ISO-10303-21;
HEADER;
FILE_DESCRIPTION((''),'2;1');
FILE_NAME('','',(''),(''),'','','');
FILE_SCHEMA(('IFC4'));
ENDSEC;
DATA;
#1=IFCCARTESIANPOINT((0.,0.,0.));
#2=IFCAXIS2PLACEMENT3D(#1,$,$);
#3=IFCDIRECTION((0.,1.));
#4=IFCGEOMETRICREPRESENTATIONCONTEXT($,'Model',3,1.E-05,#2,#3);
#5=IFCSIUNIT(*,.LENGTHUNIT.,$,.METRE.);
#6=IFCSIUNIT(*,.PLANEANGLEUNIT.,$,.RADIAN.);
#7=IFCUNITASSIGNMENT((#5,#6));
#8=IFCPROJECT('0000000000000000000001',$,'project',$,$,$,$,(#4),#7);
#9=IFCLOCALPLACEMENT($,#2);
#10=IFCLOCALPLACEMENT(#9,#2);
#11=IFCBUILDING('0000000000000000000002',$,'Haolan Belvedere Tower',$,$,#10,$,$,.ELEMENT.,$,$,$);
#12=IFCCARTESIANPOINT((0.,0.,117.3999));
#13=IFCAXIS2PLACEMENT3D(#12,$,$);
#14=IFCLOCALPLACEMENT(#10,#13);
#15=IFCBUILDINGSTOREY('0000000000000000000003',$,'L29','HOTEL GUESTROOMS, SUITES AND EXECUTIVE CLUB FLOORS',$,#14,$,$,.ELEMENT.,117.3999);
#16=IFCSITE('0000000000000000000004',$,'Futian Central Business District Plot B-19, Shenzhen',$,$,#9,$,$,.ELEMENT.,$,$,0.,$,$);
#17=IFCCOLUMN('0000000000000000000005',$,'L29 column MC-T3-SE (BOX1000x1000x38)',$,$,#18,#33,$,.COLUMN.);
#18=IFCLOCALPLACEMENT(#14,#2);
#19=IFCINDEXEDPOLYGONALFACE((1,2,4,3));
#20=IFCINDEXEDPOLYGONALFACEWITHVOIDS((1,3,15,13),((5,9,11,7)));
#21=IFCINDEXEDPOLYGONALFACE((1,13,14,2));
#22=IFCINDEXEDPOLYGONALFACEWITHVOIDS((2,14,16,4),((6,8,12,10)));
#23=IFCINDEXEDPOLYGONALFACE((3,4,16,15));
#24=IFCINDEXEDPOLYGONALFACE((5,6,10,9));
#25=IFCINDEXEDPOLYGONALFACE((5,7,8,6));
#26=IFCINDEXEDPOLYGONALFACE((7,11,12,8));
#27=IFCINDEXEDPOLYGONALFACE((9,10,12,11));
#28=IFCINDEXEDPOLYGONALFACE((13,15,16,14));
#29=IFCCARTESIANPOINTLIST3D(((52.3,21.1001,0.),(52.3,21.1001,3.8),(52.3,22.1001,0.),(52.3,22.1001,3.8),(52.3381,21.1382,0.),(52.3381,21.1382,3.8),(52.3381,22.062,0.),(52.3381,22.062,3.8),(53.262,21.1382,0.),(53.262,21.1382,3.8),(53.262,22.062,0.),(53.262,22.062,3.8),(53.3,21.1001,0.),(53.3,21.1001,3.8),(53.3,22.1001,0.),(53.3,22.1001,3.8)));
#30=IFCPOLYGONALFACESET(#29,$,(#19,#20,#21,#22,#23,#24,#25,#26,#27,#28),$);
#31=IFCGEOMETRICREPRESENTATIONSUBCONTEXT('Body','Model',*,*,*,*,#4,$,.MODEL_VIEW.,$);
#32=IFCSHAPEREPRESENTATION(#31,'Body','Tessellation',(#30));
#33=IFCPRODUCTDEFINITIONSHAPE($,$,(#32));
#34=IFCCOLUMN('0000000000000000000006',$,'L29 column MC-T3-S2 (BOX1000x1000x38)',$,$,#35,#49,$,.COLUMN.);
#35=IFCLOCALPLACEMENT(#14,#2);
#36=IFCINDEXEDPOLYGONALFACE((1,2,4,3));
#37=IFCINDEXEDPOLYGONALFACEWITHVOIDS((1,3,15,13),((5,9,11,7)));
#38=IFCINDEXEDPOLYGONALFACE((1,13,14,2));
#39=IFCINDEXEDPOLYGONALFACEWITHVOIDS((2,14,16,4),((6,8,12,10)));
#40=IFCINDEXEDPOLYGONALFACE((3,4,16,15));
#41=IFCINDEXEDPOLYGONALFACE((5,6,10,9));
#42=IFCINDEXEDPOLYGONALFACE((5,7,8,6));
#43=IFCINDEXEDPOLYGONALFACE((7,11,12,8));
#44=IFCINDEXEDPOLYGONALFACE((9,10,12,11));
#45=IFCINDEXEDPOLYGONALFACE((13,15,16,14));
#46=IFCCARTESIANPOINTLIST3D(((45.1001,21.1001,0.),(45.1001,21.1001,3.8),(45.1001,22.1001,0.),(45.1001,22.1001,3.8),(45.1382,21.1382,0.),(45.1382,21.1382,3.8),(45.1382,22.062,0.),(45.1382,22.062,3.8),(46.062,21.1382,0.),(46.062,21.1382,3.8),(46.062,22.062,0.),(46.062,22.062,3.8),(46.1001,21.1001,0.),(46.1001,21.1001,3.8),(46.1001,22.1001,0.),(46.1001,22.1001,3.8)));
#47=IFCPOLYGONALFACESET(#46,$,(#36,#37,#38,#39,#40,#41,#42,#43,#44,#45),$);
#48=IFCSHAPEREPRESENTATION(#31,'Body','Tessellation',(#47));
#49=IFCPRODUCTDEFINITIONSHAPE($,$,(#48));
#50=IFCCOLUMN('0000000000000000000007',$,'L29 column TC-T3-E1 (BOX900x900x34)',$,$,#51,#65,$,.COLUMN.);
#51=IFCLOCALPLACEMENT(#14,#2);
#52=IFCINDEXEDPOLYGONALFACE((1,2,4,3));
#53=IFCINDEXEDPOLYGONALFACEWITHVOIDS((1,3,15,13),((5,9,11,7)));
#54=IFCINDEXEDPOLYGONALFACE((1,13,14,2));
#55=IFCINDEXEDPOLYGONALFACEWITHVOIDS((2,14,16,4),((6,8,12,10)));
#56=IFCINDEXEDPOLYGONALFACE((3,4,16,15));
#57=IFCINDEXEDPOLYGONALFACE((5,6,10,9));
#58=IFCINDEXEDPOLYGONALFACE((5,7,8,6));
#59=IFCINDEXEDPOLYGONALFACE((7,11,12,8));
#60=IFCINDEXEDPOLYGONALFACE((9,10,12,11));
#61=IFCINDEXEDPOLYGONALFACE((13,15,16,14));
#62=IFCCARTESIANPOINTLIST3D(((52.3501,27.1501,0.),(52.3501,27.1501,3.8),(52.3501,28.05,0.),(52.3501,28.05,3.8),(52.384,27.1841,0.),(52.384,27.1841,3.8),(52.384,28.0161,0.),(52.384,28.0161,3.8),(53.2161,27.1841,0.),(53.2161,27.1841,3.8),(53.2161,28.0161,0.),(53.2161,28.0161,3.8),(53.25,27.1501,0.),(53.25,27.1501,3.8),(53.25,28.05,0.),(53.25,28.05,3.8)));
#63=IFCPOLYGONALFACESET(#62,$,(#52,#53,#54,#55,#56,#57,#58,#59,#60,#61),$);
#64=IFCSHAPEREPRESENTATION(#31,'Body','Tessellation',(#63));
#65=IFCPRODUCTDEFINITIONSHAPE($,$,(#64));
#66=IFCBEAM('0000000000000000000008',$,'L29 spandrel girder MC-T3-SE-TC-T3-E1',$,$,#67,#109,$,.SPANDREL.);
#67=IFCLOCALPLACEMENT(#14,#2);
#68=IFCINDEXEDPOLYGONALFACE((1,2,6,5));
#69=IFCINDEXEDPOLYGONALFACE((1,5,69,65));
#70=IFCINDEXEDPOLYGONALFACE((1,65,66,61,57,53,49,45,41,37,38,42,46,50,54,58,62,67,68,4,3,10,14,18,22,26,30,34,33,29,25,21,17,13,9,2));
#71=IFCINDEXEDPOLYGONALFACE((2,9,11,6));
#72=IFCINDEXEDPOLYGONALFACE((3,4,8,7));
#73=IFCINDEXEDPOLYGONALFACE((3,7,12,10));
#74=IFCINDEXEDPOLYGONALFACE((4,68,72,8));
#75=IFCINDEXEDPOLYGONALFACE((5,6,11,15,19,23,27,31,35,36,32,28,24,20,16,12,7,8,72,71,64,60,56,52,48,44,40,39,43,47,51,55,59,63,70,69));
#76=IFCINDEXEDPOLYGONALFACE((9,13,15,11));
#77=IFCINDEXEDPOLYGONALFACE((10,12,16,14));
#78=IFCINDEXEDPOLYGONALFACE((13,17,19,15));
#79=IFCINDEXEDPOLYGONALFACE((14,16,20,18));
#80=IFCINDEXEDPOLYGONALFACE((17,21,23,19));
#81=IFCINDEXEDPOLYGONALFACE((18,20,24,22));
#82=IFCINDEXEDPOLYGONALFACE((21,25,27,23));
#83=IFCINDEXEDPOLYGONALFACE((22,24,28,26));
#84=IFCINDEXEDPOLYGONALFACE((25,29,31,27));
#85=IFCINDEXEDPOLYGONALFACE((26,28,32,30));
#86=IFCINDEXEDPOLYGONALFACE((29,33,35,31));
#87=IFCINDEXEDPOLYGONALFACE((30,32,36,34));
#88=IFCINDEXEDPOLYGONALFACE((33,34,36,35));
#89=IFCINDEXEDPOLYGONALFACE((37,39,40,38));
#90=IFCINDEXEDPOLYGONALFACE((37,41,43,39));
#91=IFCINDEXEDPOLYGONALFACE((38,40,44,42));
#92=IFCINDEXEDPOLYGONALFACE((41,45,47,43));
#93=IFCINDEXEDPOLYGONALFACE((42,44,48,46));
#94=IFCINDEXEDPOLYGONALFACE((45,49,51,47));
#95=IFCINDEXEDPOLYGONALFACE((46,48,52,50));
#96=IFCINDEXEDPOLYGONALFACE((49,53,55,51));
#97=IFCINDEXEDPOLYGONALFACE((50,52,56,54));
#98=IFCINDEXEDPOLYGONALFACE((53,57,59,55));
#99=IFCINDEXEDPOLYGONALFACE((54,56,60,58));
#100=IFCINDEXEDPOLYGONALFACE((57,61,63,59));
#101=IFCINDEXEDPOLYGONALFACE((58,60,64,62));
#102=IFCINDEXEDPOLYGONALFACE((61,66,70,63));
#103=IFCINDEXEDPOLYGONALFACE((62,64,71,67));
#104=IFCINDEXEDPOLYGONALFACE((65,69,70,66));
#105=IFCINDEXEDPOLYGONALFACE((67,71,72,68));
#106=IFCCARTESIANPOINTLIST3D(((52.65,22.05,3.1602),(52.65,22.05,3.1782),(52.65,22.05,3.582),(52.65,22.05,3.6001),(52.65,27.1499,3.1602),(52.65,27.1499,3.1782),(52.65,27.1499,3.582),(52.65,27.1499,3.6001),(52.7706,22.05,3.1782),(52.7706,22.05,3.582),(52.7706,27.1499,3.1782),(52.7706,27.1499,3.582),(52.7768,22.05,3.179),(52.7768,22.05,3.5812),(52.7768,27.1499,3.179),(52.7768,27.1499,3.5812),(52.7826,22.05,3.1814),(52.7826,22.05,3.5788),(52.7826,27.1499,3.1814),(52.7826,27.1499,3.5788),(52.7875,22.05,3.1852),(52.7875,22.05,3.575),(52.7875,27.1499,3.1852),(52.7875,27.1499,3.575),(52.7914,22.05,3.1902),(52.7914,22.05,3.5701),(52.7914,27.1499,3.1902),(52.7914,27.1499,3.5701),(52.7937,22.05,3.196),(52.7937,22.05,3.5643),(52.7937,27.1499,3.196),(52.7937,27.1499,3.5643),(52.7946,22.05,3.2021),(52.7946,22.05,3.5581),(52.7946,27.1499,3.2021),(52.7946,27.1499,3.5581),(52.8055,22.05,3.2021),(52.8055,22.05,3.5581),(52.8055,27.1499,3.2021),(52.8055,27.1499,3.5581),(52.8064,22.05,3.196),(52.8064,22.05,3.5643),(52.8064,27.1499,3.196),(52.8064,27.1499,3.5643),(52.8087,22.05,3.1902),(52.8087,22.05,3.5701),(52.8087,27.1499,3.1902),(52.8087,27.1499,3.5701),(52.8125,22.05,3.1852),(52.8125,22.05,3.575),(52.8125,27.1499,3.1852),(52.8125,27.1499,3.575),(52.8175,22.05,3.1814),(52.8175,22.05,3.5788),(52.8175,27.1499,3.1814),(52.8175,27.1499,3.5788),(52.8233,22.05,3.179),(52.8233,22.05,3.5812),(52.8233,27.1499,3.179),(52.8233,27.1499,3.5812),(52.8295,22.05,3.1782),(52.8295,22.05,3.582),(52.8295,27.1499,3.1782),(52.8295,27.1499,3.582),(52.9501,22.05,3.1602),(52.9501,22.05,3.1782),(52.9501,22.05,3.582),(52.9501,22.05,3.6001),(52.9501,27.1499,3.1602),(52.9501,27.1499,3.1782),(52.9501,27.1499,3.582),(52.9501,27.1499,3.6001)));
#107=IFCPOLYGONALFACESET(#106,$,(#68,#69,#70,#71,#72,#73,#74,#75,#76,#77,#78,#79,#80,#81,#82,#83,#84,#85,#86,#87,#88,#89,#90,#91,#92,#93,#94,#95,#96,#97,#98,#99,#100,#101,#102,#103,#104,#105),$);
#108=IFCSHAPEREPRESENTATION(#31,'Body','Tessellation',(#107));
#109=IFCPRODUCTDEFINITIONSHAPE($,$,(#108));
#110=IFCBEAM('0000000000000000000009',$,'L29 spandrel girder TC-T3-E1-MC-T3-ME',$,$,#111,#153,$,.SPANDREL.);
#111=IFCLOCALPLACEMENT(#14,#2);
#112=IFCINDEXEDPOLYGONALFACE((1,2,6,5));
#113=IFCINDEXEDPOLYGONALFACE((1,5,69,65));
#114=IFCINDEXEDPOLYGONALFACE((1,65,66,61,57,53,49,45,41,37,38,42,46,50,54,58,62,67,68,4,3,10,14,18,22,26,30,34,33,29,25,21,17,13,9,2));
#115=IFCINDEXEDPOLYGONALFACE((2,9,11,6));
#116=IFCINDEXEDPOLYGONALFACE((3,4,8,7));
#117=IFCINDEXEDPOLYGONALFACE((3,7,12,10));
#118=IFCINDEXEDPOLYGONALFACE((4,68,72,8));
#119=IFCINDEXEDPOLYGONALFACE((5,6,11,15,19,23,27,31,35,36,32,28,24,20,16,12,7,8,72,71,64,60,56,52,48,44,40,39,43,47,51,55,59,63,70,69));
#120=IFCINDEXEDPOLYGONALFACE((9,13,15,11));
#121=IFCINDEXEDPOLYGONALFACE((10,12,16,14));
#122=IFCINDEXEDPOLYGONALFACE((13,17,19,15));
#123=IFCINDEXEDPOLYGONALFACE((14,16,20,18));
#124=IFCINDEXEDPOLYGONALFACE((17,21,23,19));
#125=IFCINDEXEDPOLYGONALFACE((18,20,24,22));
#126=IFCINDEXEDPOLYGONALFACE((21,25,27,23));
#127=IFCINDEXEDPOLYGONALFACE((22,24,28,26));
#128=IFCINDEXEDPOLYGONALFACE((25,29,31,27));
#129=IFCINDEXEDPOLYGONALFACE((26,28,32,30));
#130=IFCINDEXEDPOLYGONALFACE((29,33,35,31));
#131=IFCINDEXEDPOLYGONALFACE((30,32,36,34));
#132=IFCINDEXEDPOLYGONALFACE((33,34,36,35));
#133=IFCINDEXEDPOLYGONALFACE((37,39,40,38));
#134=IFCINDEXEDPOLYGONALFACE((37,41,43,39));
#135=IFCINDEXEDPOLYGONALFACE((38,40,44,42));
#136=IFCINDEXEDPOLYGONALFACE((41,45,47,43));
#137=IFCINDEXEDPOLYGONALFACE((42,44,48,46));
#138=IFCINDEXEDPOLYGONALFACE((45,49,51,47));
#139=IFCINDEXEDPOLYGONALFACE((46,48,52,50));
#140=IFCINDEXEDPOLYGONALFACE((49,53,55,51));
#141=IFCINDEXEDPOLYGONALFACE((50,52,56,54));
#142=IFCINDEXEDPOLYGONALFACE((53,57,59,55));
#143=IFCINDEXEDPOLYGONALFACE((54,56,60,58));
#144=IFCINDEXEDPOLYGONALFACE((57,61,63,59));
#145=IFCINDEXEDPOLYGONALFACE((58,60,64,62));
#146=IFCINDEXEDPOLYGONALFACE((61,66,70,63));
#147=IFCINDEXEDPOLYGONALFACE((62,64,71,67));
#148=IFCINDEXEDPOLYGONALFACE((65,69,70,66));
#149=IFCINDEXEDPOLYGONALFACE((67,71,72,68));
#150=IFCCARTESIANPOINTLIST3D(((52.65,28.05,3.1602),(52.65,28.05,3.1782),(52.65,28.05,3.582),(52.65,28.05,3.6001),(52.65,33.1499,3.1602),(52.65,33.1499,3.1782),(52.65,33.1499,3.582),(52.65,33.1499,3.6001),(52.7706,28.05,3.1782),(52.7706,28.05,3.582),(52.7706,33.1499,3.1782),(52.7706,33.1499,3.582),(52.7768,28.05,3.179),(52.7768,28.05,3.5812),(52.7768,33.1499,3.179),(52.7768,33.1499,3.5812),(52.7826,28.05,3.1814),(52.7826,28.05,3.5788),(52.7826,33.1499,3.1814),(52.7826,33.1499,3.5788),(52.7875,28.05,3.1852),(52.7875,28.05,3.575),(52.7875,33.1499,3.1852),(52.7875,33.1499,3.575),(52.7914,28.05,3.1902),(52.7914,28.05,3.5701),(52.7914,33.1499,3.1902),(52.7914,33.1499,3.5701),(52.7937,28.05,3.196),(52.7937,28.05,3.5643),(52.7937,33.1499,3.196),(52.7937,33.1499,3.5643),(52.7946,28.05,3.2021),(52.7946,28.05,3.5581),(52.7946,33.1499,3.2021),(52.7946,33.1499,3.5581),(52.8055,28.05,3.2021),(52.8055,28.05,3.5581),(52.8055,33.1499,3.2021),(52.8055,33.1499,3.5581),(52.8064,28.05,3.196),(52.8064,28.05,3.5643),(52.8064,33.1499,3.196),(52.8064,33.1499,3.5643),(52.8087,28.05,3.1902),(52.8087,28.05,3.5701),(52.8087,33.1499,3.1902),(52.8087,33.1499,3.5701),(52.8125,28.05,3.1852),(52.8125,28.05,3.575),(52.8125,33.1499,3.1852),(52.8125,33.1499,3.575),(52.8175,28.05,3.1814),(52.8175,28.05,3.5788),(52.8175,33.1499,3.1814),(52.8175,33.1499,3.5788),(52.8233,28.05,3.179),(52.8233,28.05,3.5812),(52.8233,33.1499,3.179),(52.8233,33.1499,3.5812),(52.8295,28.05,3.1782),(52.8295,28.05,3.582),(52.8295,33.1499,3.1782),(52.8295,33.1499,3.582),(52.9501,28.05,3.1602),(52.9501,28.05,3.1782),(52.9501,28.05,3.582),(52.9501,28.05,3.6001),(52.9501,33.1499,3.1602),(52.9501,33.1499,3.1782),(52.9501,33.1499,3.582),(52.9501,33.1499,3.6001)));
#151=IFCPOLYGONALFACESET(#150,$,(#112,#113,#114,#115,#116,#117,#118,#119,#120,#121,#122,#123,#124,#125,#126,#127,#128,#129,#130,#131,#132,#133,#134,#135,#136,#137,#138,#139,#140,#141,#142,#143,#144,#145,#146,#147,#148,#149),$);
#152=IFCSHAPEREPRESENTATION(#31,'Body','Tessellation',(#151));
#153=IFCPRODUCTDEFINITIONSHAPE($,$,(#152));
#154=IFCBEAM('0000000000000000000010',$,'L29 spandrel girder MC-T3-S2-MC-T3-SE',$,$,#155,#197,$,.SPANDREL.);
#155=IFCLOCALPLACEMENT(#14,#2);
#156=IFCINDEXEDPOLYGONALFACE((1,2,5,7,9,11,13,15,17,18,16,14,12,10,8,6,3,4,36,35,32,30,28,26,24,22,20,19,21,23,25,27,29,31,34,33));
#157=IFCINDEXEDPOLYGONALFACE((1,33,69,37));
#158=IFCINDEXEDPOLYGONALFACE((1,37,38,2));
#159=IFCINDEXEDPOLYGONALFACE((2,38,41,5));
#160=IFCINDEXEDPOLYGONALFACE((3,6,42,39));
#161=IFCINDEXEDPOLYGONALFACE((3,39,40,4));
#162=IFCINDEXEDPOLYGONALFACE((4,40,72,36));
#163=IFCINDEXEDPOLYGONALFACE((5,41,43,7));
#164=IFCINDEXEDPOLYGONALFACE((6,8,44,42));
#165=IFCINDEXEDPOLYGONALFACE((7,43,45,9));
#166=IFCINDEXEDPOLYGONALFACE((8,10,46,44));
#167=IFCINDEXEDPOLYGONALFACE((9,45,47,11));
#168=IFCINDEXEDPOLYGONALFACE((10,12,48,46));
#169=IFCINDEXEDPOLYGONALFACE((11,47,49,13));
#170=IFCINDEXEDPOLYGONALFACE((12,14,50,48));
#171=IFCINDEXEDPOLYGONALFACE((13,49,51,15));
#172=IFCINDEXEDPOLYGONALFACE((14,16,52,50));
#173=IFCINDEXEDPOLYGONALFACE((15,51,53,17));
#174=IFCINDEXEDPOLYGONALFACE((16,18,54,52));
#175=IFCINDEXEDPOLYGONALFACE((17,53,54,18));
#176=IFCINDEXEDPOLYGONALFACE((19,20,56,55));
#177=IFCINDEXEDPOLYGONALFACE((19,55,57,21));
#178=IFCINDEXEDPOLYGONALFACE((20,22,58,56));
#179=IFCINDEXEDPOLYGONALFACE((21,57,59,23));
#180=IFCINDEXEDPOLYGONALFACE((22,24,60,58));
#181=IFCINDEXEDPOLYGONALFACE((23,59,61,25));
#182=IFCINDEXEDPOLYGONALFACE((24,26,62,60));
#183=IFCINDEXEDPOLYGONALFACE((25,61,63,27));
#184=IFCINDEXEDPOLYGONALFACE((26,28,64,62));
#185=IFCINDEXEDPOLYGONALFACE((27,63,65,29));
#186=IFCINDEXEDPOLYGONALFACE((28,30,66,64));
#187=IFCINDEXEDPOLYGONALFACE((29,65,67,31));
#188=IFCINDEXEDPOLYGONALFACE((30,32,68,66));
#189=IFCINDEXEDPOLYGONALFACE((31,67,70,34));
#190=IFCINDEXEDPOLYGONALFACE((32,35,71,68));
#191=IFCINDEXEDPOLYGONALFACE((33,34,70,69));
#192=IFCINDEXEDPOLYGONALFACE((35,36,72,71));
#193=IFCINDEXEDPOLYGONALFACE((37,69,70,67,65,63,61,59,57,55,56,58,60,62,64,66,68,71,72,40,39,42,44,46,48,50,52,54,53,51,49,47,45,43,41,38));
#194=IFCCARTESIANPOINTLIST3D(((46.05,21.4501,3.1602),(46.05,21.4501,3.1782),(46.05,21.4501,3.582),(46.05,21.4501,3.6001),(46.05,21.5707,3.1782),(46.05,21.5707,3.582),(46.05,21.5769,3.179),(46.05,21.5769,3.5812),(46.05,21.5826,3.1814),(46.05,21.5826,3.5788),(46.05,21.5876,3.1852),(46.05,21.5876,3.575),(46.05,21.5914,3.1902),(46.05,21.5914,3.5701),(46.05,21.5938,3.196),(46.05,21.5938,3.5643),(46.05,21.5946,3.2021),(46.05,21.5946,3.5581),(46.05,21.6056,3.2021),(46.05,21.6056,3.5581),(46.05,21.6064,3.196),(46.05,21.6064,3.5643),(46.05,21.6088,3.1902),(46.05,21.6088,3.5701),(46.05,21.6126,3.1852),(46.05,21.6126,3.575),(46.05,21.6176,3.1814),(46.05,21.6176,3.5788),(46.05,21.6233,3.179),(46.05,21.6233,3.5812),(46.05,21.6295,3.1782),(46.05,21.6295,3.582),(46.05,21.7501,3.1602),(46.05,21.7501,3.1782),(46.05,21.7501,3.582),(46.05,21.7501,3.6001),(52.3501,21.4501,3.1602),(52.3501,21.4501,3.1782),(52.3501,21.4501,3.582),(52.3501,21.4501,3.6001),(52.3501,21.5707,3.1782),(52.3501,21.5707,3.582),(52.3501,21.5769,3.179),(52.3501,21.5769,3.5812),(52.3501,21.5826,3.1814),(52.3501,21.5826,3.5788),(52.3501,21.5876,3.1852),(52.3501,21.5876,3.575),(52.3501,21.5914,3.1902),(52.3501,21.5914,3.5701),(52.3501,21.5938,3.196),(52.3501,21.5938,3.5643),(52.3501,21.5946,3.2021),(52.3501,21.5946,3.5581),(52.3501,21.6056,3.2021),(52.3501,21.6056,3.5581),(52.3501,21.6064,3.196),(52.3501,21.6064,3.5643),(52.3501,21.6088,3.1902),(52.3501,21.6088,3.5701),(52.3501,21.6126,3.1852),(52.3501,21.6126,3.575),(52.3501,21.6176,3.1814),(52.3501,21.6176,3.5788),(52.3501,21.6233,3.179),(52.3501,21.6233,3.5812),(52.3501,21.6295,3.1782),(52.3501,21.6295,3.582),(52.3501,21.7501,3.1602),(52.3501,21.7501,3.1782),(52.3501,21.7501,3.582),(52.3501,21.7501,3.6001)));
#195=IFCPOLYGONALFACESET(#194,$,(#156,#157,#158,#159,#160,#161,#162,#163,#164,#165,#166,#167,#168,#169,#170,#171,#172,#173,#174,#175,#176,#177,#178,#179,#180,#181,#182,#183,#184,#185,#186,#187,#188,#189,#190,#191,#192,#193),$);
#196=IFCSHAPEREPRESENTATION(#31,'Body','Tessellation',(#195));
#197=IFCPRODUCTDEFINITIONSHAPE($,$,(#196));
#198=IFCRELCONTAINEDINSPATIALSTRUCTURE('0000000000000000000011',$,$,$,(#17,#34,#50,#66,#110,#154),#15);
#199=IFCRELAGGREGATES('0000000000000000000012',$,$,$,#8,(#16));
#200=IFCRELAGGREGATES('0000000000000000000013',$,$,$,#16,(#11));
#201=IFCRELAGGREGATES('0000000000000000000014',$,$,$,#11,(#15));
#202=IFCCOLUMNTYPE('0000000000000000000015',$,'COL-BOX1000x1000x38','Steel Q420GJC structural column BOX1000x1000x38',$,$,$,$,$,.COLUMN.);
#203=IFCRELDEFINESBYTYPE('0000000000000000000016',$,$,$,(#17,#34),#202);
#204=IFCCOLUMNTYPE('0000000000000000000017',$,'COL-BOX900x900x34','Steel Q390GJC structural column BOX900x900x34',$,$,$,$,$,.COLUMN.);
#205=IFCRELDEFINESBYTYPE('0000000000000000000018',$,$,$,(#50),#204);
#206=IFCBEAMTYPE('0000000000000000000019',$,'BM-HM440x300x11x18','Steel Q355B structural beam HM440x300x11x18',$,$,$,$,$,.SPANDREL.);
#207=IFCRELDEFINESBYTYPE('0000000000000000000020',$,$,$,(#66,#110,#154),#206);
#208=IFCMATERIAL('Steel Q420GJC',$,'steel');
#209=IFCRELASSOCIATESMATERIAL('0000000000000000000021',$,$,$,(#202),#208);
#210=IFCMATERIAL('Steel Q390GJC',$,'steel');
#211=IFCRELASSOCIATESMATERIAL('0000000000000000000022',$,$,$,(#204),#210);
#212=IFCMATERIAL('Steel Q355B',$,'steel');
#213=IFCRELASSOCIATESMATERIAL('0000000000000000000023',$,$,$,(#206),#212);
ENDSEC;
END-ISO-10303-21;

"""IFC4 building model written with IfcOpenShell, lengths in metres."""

from ifc_helpers import new_model, si_unit, direction, frame, origin, origin_2d, place, context, subcontext, project, spatial, hollow_rectangle, i_section, extrude, material, material_profile, profile_set, type_object, element, save


model = new_model("IFC4")

# Units and contexts
model_context = context("Model", 3, precision=1e-05, world=origin(), true_north=direction((0.0, 1.0)))
body_context = subcontext(model_context, "Body", "Model", "MODEL_VIEW")
ifc_project = project(units=[si_unit("LENGTHUNIT", "METRE"), si_unit("PLANEANGLEUNIT", "RADIAN")], contexts=[model_context])

# Site, building, storey
site_placement = place(None, origin())
site = spatial("IfcSite", under=ifc_project, at=site_placement, Name="Futian Central Business District Plot B-19, Shenzhen", CompositionType="ELEMENT", RefElevation=0.0)
building_placement = place(site_placement, origin())
building = spatial("IfcBuilding", under=site, at=building_placement, Name="Haolan Belvedere Tower", CompositionType="ELEMENT")
storey_placement = place(building_placement, frame((0.0, 0.0, 117.3999)))
storey = spatial("IfcBuildingStorey", under=building, at=storey_placement, Name="L29", Description="HOTEL GUESTROOMS, SUITES AND EXECUTIVE CLUB FLOORS", CompositionType="ELEMENT", Elevation=117.3999)

# Columns
ifc_material_1 = material(Name="Steel Q420GJC", Category="steel")
ifc_material_profile_1 = material_profile(ifc_material_1, hollow_rectangle(XDim=1.0, YDim=1.0, WallThickness=0.0381, at=origin_2d()), Name="Steel Q420GJC")
ifc_profile_set_1 = profile_set([ifc_material_profile_1], Name="Steel Q420GJC")
column_type_1 = type_object("IfcColumnType", Name="COL-BOX1000x1000x38", Description="Steel Q420GJC structural column BOX1000x1000x38", PredefinedType="COLUMN", material=ifc_profile_set_1)
for number, where, z_axis, x_axis, name in (
    (1, (52.8, 21.6001, 0.0), (0.0, 0.0, 1.0), (1.0, 0.0, 0.0), "L29 column MC-T3-SE (BOX1000x1000x38)"),
    (2, (45.6001, 21.6001, 0.0), (0.0, 0.0, 1.0), (1.0, 0.0, 0.0), "L29 column MC-T3-S2 (BOX1000x1000x38)"),
):
    element("IfcColumn", number, at=place(storey_placement, frame(where, z_axis=z_axis, x_axis=x_axis)), inside=storey, type_object=column_type_1, Name=name, PredefinedType="COLUMN", context=body_context, shape_type="SweptSolid", body=[
        extrude(hollow_rectangle(XDim=1.0, YDim=1.0, WallThickness=0.0381, at=origin_2d()), origin(), (0.0, 0.0, 1.0), 3.8),
    ])
ifc_material_2 = material(Name="Steel Q390GJC", Category="steel")
ifc_material_profile_2 = material_profile(ifc_material_2, hollow_rectangle(XDim=0.8999, YDim=0.8999, WallThickness=0.0339, at=origin_2d()), Name="Steel Q390GJC")
ifc_profile_set_2 = profile_set([ifc_material_profile_2], Name="Steel Q390GJC")
column_type_2 = type_object("IfcColumnType", Name="COL-BOX900x900x34", Description="Steel Q390GJC structural column BOX900x900x34", PredefinedType="COLUMN", material=ifc_profile_set_2)
column_placement = place(storey_placement, frame((52.8, 27.6001, 0.0), z_axis=(0.0, 0.0, 1.0), x_axis=(1.0, 0.0, 0.0)))
element("IfcColumn", 3, at=column_placement, inside=storey, type_object=column_type_2, Name="L29 column TC-T3-E1 (BOX900x900x34)", PredefinedType="COLUMN", context=body_context, shape_type="SweptSolid", body=[
    extrude(hollow_rectangle(XDim=0.8999, YDim=0.8999, WallThickness=0.0339, at=origin_2d()), origin(), (0.0, 0.0, 1.0), 3.8),
])

# Beams
ifc_material_3 = material(Name="Steel Q355B", Category="steel")
ifc_material_profile_3 = material_profile(ifc_material_3, i_section(OverallWidth=0.3, OverallDepth=0.4399, WebThickness=0.011, FlangeThickness=0.0181, FilletRadius=0.0239, at=origin_2d()), Name="Steel Q355B")
ifc_profile_set_3 = profile_set([ifc_material_profile_3], Name="Steel Q355B")
beam_type_1 = type_object("IfcBeamType", Name="BM-HM440x300x11x18", Description="Steel Q355B structural beam HM440x300x11x18", PredefinedType="SPANDREL", material=ifc_profile_set_3)
for number, where, z_axis, x_axis, name in (
    (4, (52.8, 22.05, 3.3801), (0.0, 1.0, 0.0), (-1.0, 0.0, 0.0), "L29 spandrel girder MC-T3-SE-TC-T3-E1"),
    (5, (52.8, 28.05, 3.3801), (0.0, 1.0, 0.0), (-1.0, 0.0, 0.0), "L29 spandrel girder TC-T3-E1-MC-T3-ME"),
):
    element("IfcBeam", number, at=place(storey_placement, frame(where, z_axis=z_axis, x_axis=x_axis)), inside=storey, type_object=beam_type_1, Name=name, PredefinedType="SPANDREL", context=body_context, shape_type="SweptSolid", body=[
        extrude(i_section(OverallWidth=0.3, OverallDepth=0.4399, WebThickness=0.011, FlangeThickness=0.0181, FilletRadius=0.0239, at=origin_2d()), origin(), (0.0, 0.0, 1.0), 5.0999),
    ])
beam_1_placement = place(storey_placement, frame((46.05, 21.6001, 3.3801), z_axis=(1.0, 0.0, 0.0), x_axis=(0.0, 1.0, 0.0)))
element("IfcBeam", 6, at=beam_1_placement, inside=storey, type_object=beam_type_1, Name="L29 spandrel girder MC-T3-S2-MC-T3-SE", PredefinedType="SPANDREL", context=body_context, shape_type="SweptSolid", body=[
    extrude(i_section(OverallWidth=0.3, OverallDepth=0.4399, WebThickness=0.011, FlangeThickness=0.0181, FilletRadius=0.0239, at=origin_2d()), origin(), (0.0, 0.0, 1.0), 6.3),
])

save(model, "model.ifc")
